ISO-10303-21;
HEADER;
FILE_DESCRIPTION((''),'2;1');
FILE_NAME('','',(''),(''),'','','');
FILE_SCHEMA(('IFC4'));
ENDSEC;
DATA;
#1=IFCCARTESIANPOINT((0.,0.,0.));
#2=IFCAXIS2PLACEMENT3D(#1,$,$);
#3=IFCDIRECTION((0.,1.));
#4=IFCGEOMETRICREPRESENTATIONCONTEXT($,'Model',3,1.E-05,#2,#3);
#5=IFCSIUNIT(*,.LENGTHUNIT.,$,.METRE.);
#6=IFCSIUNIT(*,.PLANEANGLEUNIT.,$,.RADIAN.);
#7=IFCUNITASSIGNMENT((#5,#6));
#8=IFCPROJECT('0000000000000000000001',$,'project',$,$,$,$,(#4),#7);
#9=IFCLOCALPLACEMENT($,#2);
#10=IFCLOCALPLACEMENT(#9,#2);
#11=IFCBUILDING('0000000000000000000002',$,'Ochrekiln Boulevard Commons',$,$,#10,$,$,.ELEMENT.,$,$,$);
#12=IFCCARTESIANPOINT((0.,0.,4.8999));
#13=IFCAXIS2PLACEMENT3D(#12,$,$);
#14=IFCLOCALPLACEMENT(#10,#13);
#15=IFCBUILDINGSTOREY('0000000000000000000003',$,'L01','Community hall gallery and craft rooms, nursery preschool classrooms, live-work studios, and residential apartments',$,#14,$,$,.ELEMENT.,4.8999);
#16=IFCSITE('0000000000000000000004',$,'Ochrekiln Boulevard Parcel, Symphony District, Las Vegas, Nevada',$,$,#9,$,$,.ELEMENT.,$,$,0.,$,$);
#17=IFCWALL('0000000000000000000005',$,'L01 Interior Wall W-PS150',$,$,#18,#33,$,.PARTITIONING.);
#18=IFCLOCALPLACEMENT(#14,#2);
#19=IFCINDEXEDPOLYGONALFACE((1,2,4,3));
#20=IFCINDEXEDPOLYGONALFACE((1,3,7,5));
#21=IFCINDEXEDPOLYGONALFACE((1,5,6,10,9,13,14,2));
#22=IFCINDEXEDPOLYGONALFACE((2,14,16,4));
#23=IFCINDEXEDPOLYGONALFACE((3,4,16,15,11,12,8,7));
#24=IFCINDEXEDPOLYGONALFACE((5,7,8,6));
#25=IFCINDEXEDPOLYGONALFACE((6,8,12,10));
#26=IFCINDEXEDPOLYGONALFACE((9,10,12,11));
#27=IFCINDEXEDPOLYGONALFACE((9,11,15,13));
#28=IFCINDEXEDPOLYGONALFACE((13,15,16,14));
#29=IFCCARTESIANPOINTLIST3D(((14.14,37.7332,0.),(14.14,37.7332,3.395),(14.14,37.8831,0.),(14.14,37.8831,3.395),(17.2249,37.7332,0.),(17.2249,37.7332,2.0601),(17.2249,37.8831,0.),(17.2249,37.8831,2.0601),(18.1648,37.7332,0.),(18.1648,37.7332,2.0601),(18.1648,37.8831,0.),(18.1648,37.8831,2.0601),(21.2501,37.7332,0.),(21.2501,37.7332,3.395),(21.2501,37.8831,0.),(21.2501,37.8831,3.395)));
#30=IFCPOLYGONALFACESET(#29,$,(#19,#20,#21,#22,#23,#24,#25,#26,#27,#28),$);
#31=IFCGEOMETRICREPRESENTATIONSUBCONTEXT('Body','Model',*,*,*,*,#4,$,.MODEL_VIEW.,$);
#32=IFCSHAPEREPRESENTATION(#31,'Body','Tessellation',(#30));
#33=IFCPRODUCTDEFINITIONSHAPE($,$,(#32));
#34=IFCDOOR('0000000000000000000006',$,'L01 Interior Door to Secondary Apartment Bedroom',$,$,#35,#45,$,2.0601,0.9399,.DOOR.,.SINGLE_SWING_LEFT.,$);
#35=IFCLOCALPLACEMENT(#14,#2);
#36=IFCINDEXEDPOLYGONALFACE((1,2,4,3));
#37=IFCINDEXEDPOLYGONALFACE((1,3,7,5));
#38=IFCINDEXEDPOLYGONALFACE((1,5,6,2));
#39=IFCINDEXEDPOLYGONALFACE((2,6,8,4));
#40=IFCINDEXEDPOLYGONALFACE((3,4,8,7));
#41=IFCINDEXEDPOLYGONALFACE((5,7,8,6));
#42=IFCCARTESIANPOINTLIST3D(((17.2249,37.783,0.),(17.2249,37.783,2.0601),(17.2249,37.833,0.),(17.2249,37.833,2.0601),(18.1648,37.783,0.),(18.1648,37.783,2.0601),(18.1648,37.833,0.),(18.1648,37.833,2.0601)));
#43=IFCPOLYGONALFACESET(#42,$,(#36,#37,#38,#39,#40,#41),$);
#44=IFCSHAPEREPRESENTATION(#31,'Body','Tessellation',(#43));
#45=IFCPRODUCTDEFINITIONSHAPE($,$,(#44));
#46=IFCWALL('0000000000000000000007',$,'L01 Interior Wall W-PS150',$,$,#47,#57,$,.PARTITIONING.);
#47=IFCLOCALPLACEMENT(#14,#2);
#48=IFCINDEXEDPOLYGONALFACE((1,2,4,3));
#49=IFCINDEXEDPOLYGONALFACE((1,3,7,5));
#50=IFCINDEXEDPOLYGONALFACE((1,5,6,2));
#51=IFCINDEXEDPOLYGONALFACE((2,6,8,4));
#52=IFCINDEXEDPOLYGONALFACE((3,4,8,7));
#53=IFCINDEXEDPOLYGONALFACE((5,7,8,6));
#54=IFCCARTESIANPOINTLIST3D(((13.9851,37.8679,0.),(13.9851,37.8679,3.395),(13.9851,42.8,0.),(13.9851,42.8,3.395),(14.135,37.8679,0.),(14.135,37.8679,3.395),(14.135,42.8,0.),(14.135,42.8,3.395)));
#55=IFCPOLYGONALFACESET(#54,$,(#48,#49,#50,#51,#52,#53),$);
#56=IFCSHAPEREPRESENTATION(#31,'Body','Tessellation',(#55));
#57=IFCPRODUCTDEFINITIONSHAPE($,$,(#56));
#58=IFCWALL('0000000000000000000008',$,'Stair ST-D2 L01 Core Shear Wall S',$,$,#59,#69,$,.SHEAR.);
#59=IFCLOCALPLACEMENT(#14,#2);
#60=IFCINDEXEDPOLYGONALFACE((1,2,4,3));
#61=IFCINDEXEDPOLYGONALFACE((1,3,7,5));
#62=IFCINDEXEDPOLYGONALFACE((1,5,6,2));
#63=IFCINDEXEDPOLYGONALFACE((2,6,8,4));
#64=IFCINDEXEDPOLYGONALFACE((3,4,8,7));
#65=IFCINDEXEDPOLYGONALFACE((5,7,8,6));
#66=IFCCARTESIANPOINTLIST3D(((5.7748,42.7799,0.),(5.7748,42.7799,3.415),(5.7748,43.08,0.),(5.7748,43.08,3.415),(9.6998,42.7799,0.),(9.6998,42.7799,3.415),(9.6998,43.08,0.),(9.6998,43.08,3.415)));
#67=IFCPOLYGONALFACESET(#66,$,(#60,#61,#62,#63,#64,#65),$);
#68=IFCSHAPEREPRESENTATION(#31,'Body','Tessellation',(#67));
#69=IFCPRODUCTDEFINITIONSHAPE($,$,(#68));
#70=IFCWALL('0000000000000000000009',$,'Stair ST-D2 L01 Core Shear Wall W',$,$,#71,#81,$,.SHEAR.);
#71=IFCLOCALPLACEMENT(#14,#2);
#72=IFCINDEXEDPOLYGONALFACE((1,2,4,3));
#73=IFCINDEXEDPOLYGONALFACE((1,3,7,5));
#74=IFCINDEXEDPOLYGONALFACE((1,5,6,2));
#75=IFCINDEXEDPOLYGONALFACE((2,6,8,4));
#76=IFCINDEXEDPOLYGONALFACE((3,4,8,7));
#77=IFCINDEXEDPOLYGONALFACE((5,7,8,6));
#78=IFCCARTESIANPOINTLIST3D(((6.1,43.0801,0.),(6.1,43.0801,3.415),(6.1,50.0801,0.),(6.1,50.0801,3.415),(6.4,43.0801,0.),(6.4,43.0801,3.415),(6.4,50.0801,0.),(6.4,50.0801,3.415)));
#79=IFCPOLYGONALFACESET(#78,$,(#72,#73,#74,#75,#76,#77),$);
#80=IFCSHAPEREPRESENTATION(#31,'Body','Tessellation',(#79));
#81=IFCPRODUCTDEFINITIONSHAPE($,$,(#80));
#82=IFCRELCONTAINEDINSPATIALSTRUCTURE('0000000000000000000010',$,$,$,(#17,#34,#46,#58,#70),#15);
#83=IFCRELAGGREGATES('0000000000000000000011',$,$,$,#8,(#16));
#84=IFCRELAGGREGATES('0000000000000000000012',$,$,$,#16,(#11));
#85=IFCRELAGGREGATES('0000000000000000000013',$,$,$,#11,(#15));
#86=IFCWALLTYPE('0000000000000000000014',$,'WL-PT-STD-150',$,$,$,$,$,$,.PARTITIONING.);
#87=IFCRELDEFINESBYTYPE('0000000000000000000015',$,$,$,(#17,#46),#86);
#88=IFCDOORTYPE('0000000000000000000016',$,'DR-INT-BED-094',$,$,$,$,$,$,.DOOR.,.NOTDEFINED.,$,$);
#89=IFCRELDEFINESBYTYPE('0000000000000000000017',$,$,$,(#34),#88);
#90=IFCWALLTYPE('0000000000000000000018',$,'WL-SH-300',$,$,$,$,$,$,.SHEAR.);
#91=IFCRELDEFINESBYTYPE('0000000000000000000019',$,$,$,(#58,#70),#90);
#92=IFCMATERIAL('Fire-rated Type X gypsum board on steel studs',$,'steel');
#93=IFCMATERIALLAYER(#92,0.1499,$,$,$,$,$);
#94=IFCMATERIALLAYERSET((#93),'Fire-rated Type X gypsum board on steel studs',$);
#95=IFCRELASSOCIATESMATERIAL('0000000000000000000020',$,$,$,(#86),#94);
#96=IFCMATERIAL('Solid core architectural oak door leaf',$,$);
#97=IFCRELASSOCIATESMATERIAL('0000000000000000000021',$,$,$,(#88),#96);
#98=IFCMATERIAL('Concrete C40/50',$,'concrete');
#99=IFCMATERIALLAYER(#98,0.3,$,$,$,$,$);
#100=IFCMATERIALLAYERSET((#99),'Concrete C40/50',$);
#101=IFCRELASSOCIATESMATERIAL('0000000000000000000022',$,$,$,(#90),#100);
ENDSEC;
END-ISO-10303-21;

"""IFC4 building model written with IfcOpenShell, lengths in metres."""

from ifc_helpers import new_model, si_unit, direction, frame, frame_2d, origin, place, context, subcontext, project, spatial, rectangle, extrude, material, layer, layer_set, type_object, element, fill, save


model = new_model("IFC4")

# Units and contexts
model_context = context("Model", 3, precision=1e-05, world=origin(), true_north=direction((0.0, 1.0)))
body_context = subcontext(model_context, "Body", "Model", "MODEL_VIEW")
ifc_project = project(units=[si_unit("LENGTHUNIT", "METRE"), si_unit("PLANEANGLEUNIT", "RADIAN")], contexts=[model_context])

# Site, building, storey
site_placement = place(None, origin())
site = spatial("IfcSite", under=ifc_project, at=site_placement, Name="Ochrekiln Boulevard Parcel, Symphony District, Las Vegas, Nevada", CompositionType="ELEMENT", RefElevation=0.0)
building_placement = place(site_placement, origin())
building = spatial("IfcBuilding", under=site, at=building_placement, Name="Ochrekiln Boulevard Commons", CompositionType="ELEMENT")
storey_placement = place(building_placement, frame((0.0, 0.0, 4.8999)))
storey = spatial("IfcBuildingStorey", under=building, at=storey_placement, Name="L01", Description="Community hall gallery and craft rooms, nursery preschool classrooms, live-work studios, and residential apartments", CompositionType="ELEMENT", Elevation=4.8999)

# Shared definitions
ifc_material_1 = material(Name="Concrete C40/50", Category="concrete")

# Shared definitions
ifc_material_2 = material(Name="Fire-rated Type X gypsum board on steel studs", Category="steel")
ifc_material_3 = material(Name="Solid core architectural oak door leaf")

# Shared definitions
ifc_layer_1 = layer(ifc_material_2, 0.1499)
ifc_layer_set_1 = layer_set([ifc_layer_1], Name="Fire-rated Type X gypsum board on steel studs")
wall_type_1 = type_object("IfcWallType", Name="WL-PT-STD-150", PredefinedType="PARTITIONING", material=ifc_layer_set_1)

# Wall, opening, door
wall_1_placement = place(storey_placement, frame((14.1399, 37.8081, 0.0), z_axis=(0.0, 0.0, 1.0), x_axis=(1.0, 0.0, 0.0)))
wall_1 = element("IfcWall", 1, at=wall_1_placement, inside=storey, type_object=wall_type_1, Name="L01 Interior Wall W-PS150", PredefinedType="PARTITIONING", context=body_context, shape_type="SweptSolid", body=[
    extrude(rectangle(XDim=7.1101, YDim=0.1499, at=frame_2d((3.5552, 0.0))), origin(), (0.0, 0.0, 1.0), 3.395),
])
opening_1_placement = place(wall_1_placement, frame((3.085, 0.0, 0.0)))
opening_1 = element("IfcOpeningElement", 2, at=opening_1_placement, cuts=wall_1, PredefinedType="OPENING", context=body_context, shape_type="SweptSolid", body=[
    extrude(rectangle(XDim=0.9399, YDim=2.0601, at=frame_2d((0.47, 1.03))), frame((0.0, 0.085, 0.0), z_axis=(0.0, -1.0, 0.0), x_axis=(1.0, 0.0, 0.0)), (0.0, 0.0, 1.0), 0.1699),
])
door_type_1 = type_object("IfcDoorType", Name="DR-INT-BED-094", OperationType="NOTDEFINED", PredefinedType="DOOR", material=ifc_material_3)
door_1_placement = place(opening_1_placement, origin())
door_1 = element("IfcDoor", 3, at=door_1_placement, inside=storey, type_object=door_type_1, Name="L01 Interior Door to Secondary Apartment Bedroom", OperationType="SINGLE_SWING_LEFT", OverallHeight=2.0601, OverallWidth=0.9399, PredefinedType="DOOR", context=body_context, shape_type="SweptSolid", body=[
    extrude(rectangle(XDim=0.9399, YDim=2.0601, at=frame_2d((0.47, 1.03))), frame((0.0, 0.0249, 0.0), z_axis=(0.0, -1.0, 0.0), x_axis=(1.0, 0.0, 0.0)), (0.0, 0.0, 1.0), 0.05),
])
fill(opening_1, door_1)

# Walls
wall_2_placement = place(storey_placement, frame((14.0601, 37.8679, 0.0), z_axis=(0.0, 0.0, 1.0), x_axis=(0.0, 1.0, 0.0)))
element("IfcWall", 4, at=wall_2_placement, inside=storey, type_object=wall_type_1, Name="L01 Interior Wall W-PS150", PredefinedType="PARTITIONING", context=body_context, shape_type="SweptSolid", body=[
    extrude(rectangle(XDim=4.9321, YDim=0.1499, at=frame_2d((2.4661, 0.0))), origin(), (0.0, 0.0, 1.0), 3.395),
])
ifc_layer_2 = layer(ifc_material_1, 0.3)
ifc_layer_set_2 = layer_set([ifc_layer_2], Name="Concrete C40/50")
wall_type_2 = type_object("IfcWallType", Name="WL-SH-300", PredefinedType="SHEAR", material=ifc_layer_set_2)
wall_3_placement = place(storey_placement, frame((5.7749, 42.9299, 0.0), z_axis=(0.0, 0.0, 1.0), x_axis=(1.0, 0.0, 0.0)))
element("IfcWall", 5, at=wall_3_placement, inside=storey, type_object=wall_type_2, Name="Stair ST-D2 L01 Core Shear Wall S", PredefinedType="SHEAR", context=body_context, shape_type="SweptSolid", body=[
    extrude(rectangle(XDim=3.925, YDim=0.3, at=frame_2d((1.9624, 0.0))), origin(), (0.0, 0.0, 1.0), 3.415),
])
wall_4_placement = place(storey_placement, frame((6.25, 43.0801, 0.0), z_axis=(0.0, 0.0, 1.0), x_axis=(0.0, 1.0, 0.0)))
element("IfcWall", 6, at=wall_4_placement, inside=storey, type_object=wall_type_2, Name="Stair ST-D2 L01 Core Shear Wall W", PredefinedType="SHEAR", context=body_context, shape_type="SweptSolid", body=[
    extrude(rectangle(XDim=7.0, YDim=0.3, at=frame_2d((3.5, 0.0))), origin(), (0.0, 0.0, 1.0), 3.415),
])

save(model, "model.ifc")
